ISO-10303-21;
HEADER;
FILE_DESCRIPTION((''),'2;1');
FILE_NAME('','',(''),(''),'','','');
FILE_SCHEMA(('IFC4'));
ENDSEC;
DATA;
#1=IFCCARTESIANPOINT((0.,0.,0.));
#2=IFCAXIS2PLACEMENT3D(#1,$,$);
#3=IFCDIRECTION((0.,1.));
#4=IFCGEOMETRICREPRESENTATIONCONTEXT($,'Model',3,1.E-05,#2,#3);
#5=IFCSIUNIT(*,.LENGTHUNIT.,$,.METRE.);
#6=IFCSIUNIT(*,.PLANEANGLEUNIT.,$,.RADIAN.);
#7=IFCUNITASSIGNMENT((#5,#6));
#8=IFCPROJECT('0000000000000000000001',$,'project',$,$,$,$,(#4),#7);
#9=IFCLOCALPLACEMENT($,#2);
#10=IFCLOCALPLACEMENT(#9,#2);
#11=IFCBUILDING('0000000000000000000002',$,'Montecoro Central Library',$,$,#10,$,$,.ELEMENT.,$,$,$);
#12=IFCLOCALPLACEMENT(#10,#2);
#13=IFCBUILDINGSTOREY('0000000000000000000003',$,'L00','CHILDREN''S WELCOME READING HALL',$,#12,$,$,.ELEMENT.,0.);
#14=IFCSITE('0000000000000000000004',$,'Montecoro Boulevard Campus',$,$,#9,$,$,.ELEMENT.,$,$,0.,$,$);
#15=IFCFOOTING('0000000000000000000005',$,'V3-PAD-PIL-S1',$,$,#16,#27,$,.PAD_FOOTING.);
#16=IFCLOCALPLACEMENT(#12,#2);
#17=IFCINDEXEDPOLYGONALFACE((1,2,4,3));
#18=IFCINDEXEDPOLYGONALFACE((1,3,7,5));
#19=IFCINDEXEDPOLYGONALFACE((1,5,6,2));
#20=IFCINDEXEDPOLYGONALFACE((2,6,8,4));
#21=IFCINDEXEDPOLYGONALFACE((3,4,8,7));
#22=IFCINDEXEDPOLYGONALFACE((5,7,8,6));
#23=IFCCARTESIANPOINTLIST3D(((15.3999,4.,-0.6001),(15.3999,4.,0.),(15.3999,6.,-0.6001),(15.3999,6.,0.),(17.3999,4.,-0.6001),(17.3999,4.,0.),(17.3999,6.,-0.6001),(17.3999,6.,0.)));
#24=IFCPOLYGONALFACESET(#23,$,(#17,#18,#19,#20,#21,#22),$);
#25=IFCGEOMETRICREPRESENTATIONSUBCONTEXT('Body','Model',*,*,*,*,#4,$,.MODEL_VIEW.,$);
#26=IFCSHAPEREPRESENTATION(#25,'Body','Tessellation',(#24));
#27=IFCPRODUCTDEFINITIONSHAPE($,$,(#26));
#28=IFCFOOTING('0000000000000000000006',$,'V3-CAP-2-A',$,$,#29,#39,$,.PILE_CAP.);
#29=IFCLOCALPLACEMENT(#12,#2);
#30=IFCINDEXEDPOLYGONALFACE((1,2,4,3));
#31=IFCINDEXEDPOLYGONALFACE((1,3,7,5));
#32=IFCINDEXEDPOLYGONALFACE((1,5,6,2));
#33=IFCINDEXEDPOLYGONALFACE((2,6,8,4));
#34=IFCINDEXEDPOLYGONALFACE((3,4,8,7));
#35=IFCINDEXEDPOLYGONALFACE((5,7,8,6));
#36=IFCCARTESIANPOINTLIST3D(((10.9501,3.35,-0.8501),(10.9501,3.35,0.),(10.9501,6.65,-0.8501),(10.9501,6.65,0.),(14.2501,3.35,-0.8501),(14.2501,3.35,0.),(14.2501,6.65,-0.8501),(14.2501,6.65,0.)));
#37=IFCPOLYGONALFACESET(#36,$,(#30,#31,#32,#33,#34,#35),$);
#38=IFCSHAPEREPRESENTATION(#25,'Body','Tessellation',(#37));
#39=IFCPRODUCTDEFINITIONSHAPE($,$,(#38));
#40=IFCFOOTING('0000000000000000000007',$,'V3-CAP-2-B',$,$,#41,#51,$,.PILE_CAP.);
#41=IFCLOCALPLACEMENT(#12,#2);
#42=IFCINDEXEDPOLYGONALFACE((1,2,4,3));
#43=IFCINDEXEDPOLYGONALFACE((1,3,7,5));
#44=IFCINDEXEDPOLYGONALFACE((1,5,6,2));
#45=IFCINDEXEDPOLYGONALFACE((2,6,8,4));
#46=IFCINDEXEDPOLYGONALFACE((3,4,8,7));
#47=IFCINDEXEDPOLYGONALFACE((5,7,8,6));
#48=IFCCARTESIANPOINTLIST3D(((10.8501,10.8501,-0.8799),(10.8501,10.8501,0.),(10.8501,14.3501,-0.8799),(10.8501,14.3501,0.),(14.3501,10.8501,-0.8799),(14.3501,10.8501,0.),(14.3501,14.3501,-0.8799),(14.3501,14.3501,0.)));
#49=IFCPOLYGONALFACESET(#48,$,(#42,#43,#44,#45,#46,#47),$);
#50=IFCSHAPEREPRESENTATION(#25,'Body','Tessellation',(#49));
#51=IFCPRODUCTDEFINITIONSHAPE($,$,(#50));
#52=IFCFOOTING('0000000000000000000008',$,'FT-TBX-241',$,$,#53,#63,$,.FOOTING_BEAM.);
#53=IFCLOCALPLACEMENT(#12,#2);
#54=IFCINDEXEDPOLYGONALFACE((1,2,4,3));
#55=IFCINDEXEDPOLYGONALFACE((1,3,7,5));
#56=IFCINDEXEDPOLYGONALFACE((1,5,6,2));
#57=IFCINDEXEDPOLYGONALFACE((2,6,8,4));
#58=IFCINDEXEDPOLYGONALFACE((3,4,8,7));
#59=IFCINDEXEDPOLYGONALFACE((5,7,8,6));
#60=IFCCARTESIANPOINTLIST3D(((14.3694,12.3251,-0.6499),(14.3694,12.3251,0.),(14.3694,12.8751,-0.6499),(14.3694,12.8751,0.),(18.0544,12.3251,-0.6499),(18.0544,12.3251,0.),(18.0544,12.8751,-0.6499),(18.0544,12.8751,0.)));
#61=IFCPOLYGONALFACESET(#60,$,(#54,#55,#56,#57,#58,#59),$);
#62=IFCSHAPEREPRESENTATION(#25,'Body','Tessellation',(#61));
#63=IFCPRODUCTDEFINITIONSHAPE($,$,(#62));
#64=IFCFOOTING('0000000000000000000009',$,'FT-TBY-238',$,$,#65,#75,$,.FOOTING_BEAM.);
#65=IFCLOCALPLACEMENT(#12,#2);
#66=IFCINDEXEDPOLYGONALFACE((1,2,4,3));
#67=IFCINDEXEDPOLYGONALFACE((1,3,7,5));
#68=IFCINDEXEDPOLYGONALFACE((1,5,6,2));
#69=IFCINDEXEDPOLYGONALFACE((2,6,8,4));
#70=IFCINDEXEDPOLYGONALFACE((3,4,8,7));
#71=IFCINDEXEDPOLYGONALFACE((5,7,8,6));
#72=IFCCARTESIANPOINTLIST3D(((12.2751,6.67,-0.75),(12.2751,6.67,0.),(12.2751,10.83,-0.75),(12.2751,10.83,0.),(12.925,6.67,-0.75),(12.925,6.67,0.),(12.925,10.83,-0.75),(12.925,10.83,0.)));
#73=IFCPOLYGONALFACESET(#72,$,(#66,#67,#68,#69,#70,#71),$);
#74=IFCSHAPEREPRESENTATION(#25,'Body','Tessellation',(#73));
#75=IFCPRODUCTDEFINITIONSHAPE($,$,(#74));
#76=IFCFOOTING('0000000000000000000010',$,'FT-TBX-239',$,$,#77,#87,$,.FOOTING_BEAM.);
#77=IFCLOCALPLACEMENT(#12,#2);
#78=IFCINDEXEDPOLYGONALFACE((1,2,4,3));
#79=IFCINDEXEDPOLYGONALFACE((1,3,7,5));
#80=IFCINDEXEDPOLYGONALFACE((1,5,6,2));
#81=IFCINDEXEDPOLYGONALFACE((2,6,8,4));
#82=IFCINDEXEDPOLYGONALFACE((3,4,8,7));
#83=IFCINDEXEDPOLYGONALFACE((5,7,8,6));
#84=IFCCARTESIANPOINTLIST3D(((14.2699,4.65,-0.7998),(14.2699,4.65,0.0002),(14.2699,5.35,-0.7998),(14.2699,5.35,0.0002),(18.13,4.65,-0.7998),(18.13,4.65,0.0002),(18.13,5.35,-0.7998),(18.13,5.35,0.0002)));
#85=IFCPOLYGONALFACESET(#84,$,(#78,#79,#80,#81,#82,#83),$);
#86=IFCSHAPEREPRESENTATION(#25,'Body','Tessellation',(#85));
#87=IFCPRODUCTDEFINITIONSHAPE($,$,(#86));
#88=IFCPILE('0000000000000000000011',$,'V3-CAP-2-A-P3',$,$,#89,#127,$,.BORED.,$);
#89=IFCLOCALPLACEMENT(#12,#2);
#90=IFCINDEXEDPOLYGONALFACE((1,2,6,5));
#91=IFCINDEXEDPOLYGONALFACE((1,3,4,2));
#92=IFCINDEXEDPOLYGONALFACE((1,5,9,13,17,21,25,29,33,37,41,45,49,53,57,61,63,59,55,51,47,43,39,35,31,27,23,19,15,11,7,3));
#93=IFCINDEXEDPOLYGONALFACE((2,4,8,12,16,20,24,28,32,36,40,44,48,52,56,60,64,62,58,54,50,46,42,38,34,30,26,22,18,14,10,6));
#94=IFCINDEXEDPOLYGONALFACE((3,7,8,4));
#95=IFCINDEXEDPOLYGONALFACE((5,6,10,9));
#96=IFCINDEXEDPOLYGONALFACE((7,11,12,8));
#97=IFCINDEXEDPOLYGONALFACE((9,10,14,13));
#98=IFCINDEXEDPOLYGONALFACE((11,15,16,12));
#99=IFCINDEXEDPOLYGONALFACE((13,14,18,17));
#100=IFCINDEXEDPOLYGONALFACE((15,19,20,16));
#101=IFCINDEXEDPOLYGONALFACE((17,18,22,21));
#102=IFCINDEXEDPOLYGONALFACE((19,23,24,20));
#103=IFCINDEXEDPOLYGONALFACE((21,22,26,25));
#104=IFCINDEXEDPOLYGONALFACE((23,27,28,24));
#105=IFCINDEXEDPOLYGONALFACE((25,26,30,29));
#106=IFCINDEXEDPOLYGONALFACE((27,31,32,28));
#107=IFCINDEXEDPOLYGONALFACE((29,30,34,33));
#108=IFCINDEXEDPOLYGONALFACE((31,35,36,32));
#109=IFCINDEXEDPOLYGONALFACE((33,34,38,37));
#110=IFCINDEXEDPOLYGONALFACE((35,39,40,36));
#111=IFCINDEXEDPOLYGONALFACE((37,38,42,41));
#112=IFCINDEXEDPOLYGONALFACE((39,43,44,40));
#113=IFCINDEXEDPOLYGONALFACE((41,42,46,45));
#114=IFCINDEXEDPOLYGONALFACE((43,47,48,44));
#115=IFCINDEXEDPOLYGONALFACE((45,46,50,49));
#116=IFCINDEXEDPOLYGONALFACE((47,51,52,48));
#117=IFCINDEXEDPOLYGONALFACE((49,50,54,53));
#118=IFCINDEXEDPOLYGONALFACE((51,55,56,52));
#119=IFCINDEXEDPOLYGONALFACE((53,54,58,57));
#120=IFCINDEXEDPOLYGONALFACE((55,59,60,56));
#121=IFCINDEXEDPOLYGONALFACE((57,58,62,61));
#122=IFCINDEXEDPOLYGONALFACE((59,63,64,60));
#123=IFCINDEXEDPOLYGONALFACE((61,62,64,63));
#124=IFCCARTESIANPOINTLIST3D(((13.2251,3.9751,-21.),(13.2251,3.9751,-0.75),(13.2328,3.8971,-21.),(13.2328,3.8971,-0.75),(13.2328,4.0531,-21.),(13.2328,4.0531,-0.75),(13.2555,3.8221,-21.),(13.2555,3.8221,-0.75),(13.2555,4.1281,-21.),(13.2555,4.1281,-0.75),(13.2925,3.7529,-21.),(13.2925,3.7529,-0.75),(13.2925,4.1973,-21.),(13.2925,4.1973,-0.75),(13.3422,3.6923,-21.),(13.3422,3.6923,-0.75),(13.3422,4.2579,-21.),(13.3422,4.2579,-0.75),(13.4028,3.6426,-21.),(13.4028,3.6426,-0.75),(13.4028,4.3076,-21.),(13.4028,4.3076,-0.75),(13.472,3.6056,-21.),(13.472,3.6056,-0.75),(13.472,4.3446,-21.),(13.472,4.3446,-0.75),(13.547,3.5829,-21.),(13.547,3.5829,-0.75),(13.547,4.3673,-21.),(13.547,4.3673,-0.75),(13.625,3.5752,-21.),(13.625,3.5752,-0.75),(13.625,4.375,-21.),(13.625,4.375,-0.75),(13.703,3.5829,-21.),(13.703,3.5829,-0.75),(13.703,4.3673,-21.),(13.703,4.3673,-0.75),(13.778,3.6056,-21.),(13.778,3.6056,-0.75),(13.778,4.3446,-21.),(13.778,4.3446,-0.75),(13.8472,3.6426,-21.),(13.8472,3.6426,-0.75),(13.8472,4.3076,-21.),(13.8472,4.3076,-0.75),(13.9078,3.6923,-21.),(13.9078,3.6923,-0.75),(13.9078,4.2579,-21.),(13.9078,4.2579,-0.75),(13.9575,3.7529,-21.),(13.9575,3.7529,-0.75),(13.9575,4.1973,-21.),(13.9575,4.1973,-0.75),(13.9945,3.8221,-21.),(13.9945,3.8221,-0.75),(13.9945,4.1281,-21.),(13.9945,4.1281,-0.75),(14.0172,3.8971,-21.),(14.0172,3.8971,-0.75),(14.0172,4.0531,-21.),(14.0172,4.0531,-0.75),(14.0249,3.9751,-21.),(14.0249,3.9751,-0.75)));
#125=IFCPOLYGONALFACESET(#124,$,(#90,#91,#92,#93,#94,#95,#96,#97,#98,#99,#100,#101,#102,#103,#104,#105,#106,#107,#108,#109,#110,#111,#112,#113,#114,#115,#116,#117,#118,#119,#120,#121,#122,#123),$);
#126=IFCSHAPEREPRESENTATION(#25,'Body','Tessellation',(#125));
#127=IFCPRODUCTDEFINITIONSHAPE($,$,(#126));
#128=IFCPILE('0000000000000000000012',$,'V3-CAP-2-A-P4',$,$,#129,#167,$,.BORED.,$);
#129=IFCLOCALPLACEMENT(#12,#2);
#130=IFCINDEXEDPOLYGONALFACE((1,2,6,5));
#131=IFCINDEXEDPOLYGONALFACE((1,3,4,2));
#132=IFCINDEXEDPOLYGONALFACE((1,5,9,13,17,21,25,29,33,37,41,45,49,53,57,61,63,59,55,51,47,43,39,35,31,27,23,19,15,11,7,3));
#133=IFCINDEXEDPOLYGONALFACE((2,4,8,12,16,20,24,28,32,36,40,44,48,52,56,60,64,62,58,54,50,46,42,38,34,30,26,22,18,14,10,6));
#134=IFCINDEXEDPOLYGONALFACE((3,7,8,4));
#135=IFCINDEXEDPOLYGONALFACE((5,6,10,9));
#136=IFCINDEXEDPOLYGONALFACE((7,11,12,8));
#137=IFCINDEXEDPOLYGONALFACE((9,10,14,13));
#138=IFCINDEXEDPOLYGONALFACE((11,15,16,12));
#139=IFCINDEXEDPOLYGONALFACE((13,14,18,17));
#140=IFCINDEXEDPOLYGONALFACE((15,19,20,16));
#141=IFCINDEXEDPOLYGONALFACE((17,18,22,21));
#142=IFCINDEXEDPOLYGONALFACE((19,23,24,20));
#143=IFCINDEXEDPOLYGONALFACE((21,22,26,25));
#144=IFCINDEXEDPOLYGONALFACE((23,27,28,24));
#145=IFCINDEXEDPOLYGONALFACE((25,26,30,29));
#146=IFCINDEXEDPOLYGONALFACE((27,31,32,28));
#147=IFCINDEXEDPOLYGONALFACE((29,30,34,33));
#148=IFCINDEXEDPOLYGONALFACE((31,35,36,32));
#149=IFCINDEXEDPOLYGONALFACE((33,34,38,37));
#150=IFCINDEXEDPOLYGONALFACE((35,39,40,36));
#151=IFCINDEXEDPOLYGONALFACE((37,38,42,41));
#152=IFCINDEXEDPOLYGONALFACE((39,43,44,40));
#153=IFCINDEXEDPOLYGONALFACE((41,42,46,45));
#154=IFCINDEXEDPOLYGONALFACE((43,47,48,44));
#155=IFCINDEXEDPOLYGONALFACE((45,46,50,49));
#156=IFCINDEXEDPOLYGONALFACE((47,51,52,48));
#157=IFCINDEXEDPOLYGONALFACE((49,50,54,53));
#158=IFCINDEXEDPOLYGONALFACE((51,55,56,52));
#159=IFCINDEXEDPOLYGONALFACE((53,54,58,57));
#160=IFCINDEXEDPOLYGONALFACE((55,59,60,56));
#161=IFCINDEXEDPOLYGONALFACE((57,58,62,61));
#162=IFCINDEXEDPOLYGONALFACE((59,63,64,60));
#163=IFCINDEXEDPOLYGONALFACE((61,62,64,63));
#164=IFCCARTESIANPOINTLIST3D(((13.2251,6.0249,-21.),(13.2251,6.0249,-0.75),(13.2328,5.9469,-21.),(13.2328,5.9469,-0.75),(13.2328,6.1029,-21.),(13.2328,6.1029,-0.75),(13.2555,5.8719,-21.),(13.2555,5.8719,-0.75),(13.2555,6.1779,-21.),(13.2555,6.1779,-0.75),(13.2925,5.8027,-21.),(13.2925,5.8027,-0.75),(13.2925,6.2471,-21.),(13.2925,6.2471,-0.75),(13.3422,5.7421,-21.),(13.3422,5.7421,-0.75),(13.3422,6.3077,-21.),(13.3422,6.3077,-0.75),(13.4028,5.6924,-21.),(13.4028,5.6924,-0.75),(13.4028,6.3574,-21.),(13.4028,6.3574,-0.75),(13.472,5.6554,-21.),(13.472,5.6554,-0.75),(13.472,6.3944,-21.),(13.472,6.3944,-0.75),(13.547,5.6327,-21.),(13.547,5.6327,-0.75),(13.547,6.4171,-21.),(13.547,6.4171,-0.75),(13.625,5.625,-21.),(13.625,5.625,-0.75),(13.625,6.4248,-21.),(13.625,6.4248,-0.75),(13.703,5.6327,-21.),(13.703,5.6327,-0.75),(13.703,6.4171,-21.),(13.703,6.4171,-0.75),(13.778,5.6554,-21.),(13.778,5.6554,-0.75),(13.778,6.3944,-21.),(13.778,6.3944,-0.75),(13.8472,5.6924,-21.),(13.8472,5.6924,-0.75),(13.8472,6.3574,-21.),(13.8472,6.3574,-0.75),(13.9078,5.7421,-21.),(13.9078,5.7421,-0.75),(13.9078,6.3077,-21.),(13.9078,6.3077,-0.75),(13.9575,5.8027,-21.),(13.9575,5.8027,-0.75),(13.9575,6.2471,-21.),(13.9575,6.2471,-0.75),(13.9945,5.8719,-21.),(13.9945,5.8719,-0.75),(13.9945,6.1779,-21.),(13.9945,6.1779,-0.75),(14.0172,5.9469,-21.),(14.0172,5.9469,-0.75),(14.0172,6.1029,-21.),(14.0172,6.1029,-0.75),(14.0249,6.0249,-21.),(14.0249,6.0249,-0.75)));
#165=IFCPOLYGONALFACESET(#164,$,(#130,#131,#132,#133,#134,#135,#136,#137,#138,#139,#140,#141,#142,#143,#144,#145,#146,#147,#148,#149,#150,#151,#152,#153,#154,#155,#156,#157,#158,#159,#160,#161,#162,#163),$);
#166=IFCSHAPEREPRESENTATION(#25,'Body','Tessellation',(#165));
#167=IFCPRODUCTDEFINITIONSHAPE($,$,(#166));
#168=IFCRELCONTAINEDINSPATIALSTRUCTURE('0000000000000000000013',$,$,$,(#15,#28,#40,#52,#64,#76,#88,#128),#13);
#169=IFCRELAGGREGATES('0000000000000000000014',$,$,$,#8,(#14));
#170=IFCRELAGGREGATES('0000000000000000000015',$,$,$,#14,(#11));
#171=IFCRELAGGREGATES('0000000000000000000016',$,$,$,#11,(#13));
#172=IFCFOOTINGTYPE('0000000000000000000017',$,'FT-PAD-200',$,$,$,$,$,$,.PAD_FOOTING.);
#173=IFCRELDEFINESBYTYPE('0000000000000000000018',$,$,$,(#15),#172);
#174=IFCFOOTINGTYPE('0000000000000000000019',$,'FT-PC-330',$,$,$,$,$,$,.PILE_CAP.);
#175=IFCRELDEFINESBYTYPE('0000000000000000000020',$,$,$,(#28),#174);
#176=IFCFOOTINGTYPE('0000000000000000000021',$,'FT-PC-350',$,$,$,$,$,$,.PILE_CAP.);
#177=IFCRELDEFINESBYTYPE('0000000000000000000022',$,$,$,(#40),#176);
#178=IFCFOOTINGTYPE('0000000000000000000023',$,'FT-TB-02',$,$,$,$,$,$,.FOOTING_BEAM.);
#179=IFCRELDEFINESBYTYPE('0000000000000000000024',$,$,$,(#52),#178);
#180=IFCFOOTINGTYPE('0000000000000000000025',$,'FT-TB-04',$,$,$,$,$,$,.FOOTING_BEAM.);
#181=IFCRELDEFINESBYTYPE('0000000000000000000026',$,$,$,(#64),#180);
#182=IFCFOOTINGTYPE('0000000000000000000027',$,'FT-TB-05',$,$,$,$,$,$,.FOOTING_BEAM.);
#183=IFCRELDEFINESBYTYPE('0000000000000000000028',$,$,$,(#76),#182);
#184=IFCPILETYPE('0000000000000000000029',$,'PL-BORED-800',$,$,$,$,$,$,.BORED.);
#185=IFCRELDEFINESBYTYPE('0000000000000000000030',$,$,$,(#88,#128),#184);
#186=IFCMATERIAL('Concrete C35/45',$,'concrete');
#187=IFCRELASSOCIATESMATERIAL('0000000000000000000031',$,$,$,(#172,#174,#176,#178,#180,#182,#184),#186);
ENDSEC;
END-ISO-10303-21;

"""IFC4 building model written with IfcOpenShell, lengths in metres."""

from ifc_helpers import new_model, si_unit, direction, frame, origin, origin_2d, place, context, subcontext, project, spatial, rectangle, circle, extrude, material, material_profile, profile_set, type_object, element, save


model = new_model("IFC4")

# Units and contexts
model_context = context("Model", 3, precision=1e-05, world=origin(), true_north=direction((0.0, 1.0)))
body_context = subcontext(model_context, "Body", "Model", "MODEL_VIEW")
ifc_project = project(units=[si_unit("LENGTHUNIT", "METRE"), si_unit("PLANEANGLEUNIT", "RADIAN")], contexts=[model_context])

# Site, building, storey
site_placement = place(None, origin())
site = spatial("IfcSite", under=ifc_project, at=site_placement, Name="Montecoro Boulevard Campus", CompositionType="ELEMENT", RefElevation=0.0)
building_placement = place(site_placement, origin())
building = spatial("IfcBuilding", under=site, at=building_placement, Name="Montecoro Central Library", CompositionType="ELEMENT")
storey_placement = place(building_placement, origin())
storey = spatial("IfcBuildingStorey", under=building, at=storey_placement, Name="L00", Description="CHILDREN'S WELCOME READING HALL", CompositionType="ELEMENT", Elevation=0.0)

# Footings
ifc_material_1 = material(Name="Concrete C35/45", Category="concrete")
footing_type_1 = type_object("IfcFootingType", Name="FT-PAD-200", PredefinedType="PAD_FOOTING", material=ifc_material_1)
footing_1_placement = place(storey_placement, frame((16.3999, 5.0, -0.6001), z_axis=(0.0, 0.0, 1.0), x_axis=(1.0, 0.0, 0.0)))
element("IfcFooting", 1, at=footing_1_placement, inside=storey, type_object=footing_type_1, Name="V3-PAD-PIL-S1", PredefinedType="PAD_FOOTING", context=body_context, shape_type="SweptSolid", body=[
    extrude(rectangle(XDim=2.0, YDim=2.0, at=origin_2d()), origin(), (0.0, 0.0, 1.0), 0.6001),
])
footing_type_2 = type_object("IfcFootingType", Name="FT-PC-330", PredefinedType="PILE_CAP", material=ifc_material_1)
footing_2_placement = place(storey_placement, frame((12.6001, 5.0, -0.8501), z_axis=(0.0, 0.0, 1.0), x_axis=(1.0, 0.0, 0.0)))
element("IfcFooting", 2, at=footing_2_placement, inside=storey, type_object=footing_type_2, Name="V3-CAP-2-A", PredefinedType="PILE_CAP", context=body_context, shape_type="SweptSolid", body=[
    extrude(rectangle(XDim=3.3, YDim=3.3, at=origin_2d()), origin(), (0.0, 0.0, 1.0), 0.8501),
])
footing_type_3 = type_object("IfcFootingType", Name="FT-PC-350", PredefinedType="PILE_CAP", material=ifc_material_1)
footing_3_placement = place(storey_placement, frame((12.6001, 12.6001, -0.8799), z_axis=(0.0, 0.0, 1.0), x_axis=(1.0, 0.0, 0.0)))
element("IfcFooting", 3, at=footing_3_placement, inside=storey, type_object=footing_type_3, Name="V3-CAP-2-B", PredefinedType="PILE_CAP", context=body_context, shape_type="SweptSolid", body=[
    extrude(rectangle(XDim=3.5, YDim=3.5, at=origin_2d()), origin(), (0.0, 0.0, 1.0), 0.8799),
])
footing_type_4 = type_object("IfcFootingType", Name="FT-TB-02", PredefinedType="FOOTING_BEAM", material=ifc_material_1)
footing_4_placement = place(storey_placement, frame((16.2119, 12.6001, -0.6499), z_axis=(0.0, 0.0, 1.0), x_axis=(1.0, 0.0, 0.0)))
element("IfcFooting", 4, at=footing_4_placement, inside=storey, type_object=footing_type_4, Name="FT-TBX-241", PredefinedType="FOOTING_BEAM", context=body_context, shape_type="SweptSolid", body=[
    extrude(rectangle(XDim=3.6851, YDim=0.55, at=origin_2d()), origin(), (0.0, 0.0, 1.0), 0.6499),
])
footing_type_5 = type_object("IfcFootingType", Name="FT-TB-04", PredefinedType="FOOTING_BEAM", material=ifc_material_1)
footing_5_placement = place(storey_placement, frame((12.6001, 8.75, -0.75), z_axis=(0.0, 0.0, 1.0), x_axis=(1.0, 0.0, 0.0)))
element("IfcFooting", 5, at=footing_5_placement, inside=storey, type_object=footing_type_5, Name="FT-TBY-238", PredefinedType="FOOTING_BEAM", context=body_context, shape_type="SweptSolid", body=[
    extrude(rectangle(XDim=0.6499, YDim=4.1599, at=origin_2d()), origin(), (0.0, 0.0, 1.0), 0.75),
])
footing_type_6 = type_object("IfcFootingType", Name="FT-TB-05", PredefinedType="FOOTING_BEAM", material=ifc_material_1)
footing_6_placement = place(storey_placement, frame((16.2, 5.0, -0.7998), z_axis=(0.0, 0.0, 1.0), x_axis=(1.0, 0.0, 0.0)))
element("IfcFooting", 6, at=footing_6_placement, inside=storey, type_object=footing_type_6, Name="FT-TBX-239", PredefinedType="FOOTING_BEAM", context=body_context, shape_type="SweptSolid", body=[
    extrude(rectangle(XDim=3.8601, YDim=0.7, at=origin_2d()), origin(), (0.0, 0.0, 1.0), 0.8),
])

# Piles
ifc_material_profile_1 = material_profile(ifc_material_1, circle(Radius=0.3999, at=origin_2d()), Name="PILE D800")
ifc_profile_set_1 = profile_set([ifc_material_profile_1], Name="Concrete C35/45")
pile_type = type_object("IfcPileType", Name="PL-BORED-800", PredefinedType="BORED", material=ifc_profile_set_1)
for number, where, z_axis, x_axis, name in (
    (7, (13.625, 3.9751, -0.75), (0.0, 0.0, -1.0), (1.0, 0.0, 0.0), "V3-CAP-2-A-P3"),
    (8, (13.625, 6.0249, -0.75), (0.0, 0.0, -1.0), (1.0, 0.0, 0.0), "V3-CAP-2-A-P4"),
):
    element("IfcPile", number, at=place(storey_placement, frame(where, z_axis=z_axis, x_axis=x_axis)), inside=storey, type_object=pile_type, Name=name, PredefinedType="BORED", context=body_context, shape_type="SweptSolid", body=[
        extrude(circle(Radius=0.3999, at=origin_2d()), origin(), (0.0, 0.0, 1.0), 20.25),
    ])

save(model, "model.ifc")
